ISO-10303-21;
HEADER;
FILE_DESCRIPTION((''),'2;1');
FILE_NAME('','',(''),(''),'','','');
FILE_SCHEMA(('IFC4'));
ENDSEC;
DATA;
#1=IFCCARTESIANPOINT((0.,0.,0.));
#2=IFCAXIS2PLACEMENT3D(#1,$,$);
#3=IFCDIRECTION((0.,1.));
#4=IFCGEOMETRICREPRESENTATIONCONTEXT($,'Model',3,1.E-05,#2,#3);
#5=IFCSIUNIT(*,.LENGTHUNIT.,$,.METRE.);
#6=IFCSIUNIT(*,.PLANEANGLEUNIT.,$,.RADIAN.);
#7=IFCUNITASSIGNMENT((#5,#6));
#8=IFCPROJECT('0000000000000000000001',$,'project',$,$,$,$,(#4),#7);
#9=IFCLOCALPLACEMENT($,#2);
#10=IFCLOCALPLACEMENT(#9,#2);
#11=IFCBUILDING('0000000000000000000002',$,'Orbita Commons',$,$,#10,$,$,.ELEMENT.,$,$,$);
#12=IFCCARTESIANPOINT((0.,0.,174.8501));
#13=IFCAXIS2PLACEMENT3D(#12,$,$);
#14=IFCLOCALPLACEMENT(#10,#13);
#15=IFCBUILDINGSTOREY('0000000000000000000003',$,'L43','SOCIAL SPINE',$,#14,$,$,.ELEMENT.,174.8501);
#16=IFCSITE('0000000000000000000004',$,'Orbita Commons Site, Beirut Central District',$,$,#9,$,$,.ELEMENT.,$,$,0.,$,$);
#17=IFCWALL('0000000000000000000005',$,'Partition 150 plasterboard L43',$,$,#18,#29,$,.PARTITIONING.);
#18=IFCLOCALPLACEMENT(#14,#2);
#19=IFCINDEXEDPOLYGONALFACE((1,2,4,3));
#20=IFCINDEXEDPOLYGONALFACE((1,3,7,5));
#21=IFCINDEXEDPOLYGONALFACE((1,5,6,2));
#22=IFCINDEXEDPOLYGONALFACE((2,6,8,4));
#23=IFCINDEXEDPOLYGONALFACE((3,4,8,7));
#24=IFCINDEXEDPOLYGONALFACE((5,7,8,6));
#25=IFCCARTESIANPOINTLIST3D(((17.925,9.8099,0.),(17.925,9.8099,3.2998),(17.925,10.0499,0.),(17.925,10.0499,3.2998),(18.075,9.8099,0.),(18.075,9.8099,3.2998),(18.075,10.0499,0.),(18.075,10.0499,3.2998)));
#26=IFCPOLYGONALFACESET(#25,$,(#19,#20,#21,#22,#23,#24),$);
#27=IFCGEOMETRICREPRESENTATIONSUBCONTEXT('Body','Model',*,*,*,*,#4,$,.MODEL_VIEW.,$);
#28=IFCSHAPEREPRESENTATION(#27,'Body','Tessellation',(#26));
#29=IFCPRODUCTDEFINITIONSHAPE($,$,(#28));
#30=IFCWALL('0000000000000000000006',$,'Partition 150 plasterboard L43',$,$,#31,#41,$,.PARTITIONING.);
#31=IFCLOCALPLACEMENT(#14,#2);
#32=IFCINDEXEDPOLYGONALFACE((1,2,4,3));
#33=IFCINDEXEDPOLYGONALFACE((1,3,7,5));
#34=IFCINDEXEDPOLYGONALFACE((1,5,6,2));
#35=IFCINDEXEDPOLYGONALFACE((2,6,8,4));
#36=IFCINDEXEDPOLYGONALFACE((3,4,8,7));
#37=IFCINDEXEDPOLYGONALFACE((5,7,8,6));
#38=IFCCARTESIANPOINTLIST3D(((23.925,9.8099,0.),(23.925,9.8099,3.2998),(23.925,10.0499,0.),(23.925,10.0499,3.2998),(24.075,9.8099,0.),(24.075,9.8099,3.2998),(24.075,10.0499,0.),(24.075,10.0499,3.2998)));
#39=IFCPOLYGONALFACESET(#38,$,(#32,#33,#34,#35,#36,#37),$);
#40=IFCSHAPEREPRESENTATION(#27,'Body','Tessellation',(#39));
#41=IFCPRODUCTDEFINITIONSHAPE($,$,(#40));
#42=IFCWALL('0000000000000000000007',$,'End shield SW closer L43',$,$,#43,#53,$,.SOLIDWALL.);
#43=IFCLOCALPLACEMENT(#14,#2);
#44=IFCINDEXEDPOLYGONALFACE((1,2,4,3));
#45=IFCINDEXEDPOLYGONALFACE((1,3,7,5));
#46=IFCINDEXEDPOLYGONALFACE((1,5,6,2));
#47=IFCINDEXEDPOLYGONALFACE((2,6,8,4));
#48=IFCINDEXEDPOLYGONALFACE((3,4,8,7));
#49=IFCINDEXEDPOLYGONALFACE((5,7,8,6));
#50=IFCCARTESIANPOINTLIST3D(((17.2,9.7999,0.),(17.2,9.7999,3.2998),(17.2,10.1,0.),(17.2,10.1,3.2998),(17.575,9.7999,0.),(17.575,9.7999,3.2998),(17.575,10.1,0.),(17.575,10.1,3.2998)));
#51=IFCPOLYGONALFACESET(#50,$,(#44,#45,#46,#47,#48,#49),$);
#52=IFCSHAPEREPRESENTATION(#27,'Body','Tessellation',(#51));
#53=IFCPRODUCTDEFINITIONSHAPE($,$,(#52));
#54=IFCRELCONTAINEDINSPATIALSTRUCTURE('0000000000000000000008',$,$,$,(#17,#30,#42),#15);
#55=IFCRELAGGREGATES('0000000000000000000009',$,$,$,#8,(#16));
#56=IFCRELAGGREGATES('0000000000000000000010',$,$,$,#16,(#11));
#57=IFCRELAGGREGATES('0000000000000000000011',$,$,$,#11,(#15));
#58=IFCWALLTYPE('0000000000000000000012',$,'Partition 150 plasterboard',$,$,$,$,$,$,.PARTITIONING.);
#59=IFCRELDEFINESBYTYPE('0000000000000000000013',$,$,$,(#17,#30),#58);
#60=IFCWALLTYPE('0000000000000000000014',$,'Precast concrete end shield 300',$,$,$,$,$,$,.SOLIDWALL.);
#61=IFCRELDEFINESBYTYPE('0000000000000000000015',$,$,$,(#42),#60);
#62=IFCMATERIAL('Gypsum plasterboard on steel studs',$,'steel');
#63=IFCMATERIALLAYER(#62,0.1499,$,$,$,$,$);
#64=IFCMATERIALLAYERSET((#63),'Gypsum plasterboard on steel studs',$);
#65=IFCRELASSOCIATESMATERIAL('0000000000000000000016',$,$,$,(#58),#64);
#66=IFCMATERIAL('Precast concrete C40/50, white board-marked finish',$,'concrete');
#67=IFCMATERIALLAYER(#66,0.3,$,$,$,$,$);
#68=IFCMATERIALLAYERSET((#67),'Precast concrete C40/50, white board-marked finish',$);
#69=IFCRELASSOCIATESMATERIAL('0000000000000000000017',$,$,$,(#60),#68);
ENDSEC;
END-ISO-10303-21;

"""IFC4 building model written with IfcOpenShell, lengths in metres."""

from ifc_helpers import new_model, si_unit, direction, frame, frame_2d, origin, place, context, subcontext, project, spatial, rectangle, extrude, material, layer, layer_set, type_object, element, save


model = new_model("IFC4")

# Units and contexts
model_context = context("Model", 3, precision=1e-05, world=origin(), true_north=direction((0.0, 1.0)))
body_context = subcontext(model_context, "Body", "Model", "MODEL_VIEW")
ifc_project = project(units=[si_unit("LENGTHUNIT", "METRE"), si_unit("PLANEANGLEUNIT", "RADIAN")], contexts=[model_context])

# Site, building, storey
site_placement = place(None, origin())
site = spatial("IfcSite", under=ifc_project, at=site_placement, Name="Orbita Commons Site, Beirut Central District", CompositionType="ELEMENT", RefElevation=0.0)
building_placement = place(site_placement, origin())
building = spatial("IfcBuilding", under=site, at=building_placement, Name="Orbita Commons", CompositionType="ELEMENT")
storey_placement = place(building_placement, frame((0.0, 0.0, 174.8501)))
storey = spatial("IfcBuildingStorey", under=building, at=storey_placement, Name="L43", Description="SOCIAL SPINE", CompositionType="ELEMENT", Elevation=174.8501)

# Walls
ifc_material_1 = material(Name="Gypsum plasterboard on steel studs", Category="steel")
ifc_layer_1 = layer(ifc_material_1, 0.1499)
ifc_layer_set_1 = layer_set([ifc_layer_1], Name="Gypsum plasterboard on steel studs")
wall_type_1 = type_object("IfcWallType", Name="Partition 150 plasterboard", PredefinedType="PARTITIONING", material=ifc_layer_set_1)
for number, where, z_axis, x_axis, name in (
    (1, (18.0, 10.05, 0.0), (0.0, 0.0, 1.0), (0.0, -1.0, 0.0), "Partition 150 plasterboard L43"),
    (2, (24.0, 10.05, 0.0), (0.0, 0.0, 1.0), (0.0, -1.0, 0.0), "Partition 150 plasterboard L43"),
):
    element("IfcWall", number, at=place(storey_placement, frame(where, z_axis=z_axis, x_axis=x_axis)), inside=storey, type_object=wall_type_1, Name=name, PredefinedType="PARTITIONING", context=body_context, shape_type="SweptSolid", body=[
        extrude(rectangle(XDim=0.24, YDim=0.1499, at=frame_2d((0.1201, 0.0))), origin(), (0.0, 0.0, 1.0), 3.2998),
    ])
ifc_material_2 = material(Name="Precast concrete C40/50, white board-marked finish", Category="concrete")
ifc_layer_2 = layer(ifc_material_2, 0.3)
ifc_layer_set_2 = layer_set([ifc_layer_2], Name="Precast concrete C40/50, white board-marked finish")
wall_type_2 = type_object("IfcWallType", Name="Precast concrete end shield 300", PredefinedType="SOLIDWALL", material=ifc_layer_set_2)
wall_placement = place(storey_placement, frame((17.2, 9.95, 0.0), z_axis=(0.0, 0.0, 1.0), x_axis=(1.0, 0.0, 0.0)))
element("IfcWall", 3, at=wall_placement, inside=storey, type_object=wall_type_2, Name="End shield SW closer L43", PredefinedType="SOLIDWALL", context=body_context, shape_type="SweptSolid", body=[
    extrude(rectangle(XDim=0.375, YDim=0.3, at=frame_2d((0.1875, 0.0))), origin(), (0.0, 0.0, 1.0), 3.2998),
])

save(model, "model.ifc")
